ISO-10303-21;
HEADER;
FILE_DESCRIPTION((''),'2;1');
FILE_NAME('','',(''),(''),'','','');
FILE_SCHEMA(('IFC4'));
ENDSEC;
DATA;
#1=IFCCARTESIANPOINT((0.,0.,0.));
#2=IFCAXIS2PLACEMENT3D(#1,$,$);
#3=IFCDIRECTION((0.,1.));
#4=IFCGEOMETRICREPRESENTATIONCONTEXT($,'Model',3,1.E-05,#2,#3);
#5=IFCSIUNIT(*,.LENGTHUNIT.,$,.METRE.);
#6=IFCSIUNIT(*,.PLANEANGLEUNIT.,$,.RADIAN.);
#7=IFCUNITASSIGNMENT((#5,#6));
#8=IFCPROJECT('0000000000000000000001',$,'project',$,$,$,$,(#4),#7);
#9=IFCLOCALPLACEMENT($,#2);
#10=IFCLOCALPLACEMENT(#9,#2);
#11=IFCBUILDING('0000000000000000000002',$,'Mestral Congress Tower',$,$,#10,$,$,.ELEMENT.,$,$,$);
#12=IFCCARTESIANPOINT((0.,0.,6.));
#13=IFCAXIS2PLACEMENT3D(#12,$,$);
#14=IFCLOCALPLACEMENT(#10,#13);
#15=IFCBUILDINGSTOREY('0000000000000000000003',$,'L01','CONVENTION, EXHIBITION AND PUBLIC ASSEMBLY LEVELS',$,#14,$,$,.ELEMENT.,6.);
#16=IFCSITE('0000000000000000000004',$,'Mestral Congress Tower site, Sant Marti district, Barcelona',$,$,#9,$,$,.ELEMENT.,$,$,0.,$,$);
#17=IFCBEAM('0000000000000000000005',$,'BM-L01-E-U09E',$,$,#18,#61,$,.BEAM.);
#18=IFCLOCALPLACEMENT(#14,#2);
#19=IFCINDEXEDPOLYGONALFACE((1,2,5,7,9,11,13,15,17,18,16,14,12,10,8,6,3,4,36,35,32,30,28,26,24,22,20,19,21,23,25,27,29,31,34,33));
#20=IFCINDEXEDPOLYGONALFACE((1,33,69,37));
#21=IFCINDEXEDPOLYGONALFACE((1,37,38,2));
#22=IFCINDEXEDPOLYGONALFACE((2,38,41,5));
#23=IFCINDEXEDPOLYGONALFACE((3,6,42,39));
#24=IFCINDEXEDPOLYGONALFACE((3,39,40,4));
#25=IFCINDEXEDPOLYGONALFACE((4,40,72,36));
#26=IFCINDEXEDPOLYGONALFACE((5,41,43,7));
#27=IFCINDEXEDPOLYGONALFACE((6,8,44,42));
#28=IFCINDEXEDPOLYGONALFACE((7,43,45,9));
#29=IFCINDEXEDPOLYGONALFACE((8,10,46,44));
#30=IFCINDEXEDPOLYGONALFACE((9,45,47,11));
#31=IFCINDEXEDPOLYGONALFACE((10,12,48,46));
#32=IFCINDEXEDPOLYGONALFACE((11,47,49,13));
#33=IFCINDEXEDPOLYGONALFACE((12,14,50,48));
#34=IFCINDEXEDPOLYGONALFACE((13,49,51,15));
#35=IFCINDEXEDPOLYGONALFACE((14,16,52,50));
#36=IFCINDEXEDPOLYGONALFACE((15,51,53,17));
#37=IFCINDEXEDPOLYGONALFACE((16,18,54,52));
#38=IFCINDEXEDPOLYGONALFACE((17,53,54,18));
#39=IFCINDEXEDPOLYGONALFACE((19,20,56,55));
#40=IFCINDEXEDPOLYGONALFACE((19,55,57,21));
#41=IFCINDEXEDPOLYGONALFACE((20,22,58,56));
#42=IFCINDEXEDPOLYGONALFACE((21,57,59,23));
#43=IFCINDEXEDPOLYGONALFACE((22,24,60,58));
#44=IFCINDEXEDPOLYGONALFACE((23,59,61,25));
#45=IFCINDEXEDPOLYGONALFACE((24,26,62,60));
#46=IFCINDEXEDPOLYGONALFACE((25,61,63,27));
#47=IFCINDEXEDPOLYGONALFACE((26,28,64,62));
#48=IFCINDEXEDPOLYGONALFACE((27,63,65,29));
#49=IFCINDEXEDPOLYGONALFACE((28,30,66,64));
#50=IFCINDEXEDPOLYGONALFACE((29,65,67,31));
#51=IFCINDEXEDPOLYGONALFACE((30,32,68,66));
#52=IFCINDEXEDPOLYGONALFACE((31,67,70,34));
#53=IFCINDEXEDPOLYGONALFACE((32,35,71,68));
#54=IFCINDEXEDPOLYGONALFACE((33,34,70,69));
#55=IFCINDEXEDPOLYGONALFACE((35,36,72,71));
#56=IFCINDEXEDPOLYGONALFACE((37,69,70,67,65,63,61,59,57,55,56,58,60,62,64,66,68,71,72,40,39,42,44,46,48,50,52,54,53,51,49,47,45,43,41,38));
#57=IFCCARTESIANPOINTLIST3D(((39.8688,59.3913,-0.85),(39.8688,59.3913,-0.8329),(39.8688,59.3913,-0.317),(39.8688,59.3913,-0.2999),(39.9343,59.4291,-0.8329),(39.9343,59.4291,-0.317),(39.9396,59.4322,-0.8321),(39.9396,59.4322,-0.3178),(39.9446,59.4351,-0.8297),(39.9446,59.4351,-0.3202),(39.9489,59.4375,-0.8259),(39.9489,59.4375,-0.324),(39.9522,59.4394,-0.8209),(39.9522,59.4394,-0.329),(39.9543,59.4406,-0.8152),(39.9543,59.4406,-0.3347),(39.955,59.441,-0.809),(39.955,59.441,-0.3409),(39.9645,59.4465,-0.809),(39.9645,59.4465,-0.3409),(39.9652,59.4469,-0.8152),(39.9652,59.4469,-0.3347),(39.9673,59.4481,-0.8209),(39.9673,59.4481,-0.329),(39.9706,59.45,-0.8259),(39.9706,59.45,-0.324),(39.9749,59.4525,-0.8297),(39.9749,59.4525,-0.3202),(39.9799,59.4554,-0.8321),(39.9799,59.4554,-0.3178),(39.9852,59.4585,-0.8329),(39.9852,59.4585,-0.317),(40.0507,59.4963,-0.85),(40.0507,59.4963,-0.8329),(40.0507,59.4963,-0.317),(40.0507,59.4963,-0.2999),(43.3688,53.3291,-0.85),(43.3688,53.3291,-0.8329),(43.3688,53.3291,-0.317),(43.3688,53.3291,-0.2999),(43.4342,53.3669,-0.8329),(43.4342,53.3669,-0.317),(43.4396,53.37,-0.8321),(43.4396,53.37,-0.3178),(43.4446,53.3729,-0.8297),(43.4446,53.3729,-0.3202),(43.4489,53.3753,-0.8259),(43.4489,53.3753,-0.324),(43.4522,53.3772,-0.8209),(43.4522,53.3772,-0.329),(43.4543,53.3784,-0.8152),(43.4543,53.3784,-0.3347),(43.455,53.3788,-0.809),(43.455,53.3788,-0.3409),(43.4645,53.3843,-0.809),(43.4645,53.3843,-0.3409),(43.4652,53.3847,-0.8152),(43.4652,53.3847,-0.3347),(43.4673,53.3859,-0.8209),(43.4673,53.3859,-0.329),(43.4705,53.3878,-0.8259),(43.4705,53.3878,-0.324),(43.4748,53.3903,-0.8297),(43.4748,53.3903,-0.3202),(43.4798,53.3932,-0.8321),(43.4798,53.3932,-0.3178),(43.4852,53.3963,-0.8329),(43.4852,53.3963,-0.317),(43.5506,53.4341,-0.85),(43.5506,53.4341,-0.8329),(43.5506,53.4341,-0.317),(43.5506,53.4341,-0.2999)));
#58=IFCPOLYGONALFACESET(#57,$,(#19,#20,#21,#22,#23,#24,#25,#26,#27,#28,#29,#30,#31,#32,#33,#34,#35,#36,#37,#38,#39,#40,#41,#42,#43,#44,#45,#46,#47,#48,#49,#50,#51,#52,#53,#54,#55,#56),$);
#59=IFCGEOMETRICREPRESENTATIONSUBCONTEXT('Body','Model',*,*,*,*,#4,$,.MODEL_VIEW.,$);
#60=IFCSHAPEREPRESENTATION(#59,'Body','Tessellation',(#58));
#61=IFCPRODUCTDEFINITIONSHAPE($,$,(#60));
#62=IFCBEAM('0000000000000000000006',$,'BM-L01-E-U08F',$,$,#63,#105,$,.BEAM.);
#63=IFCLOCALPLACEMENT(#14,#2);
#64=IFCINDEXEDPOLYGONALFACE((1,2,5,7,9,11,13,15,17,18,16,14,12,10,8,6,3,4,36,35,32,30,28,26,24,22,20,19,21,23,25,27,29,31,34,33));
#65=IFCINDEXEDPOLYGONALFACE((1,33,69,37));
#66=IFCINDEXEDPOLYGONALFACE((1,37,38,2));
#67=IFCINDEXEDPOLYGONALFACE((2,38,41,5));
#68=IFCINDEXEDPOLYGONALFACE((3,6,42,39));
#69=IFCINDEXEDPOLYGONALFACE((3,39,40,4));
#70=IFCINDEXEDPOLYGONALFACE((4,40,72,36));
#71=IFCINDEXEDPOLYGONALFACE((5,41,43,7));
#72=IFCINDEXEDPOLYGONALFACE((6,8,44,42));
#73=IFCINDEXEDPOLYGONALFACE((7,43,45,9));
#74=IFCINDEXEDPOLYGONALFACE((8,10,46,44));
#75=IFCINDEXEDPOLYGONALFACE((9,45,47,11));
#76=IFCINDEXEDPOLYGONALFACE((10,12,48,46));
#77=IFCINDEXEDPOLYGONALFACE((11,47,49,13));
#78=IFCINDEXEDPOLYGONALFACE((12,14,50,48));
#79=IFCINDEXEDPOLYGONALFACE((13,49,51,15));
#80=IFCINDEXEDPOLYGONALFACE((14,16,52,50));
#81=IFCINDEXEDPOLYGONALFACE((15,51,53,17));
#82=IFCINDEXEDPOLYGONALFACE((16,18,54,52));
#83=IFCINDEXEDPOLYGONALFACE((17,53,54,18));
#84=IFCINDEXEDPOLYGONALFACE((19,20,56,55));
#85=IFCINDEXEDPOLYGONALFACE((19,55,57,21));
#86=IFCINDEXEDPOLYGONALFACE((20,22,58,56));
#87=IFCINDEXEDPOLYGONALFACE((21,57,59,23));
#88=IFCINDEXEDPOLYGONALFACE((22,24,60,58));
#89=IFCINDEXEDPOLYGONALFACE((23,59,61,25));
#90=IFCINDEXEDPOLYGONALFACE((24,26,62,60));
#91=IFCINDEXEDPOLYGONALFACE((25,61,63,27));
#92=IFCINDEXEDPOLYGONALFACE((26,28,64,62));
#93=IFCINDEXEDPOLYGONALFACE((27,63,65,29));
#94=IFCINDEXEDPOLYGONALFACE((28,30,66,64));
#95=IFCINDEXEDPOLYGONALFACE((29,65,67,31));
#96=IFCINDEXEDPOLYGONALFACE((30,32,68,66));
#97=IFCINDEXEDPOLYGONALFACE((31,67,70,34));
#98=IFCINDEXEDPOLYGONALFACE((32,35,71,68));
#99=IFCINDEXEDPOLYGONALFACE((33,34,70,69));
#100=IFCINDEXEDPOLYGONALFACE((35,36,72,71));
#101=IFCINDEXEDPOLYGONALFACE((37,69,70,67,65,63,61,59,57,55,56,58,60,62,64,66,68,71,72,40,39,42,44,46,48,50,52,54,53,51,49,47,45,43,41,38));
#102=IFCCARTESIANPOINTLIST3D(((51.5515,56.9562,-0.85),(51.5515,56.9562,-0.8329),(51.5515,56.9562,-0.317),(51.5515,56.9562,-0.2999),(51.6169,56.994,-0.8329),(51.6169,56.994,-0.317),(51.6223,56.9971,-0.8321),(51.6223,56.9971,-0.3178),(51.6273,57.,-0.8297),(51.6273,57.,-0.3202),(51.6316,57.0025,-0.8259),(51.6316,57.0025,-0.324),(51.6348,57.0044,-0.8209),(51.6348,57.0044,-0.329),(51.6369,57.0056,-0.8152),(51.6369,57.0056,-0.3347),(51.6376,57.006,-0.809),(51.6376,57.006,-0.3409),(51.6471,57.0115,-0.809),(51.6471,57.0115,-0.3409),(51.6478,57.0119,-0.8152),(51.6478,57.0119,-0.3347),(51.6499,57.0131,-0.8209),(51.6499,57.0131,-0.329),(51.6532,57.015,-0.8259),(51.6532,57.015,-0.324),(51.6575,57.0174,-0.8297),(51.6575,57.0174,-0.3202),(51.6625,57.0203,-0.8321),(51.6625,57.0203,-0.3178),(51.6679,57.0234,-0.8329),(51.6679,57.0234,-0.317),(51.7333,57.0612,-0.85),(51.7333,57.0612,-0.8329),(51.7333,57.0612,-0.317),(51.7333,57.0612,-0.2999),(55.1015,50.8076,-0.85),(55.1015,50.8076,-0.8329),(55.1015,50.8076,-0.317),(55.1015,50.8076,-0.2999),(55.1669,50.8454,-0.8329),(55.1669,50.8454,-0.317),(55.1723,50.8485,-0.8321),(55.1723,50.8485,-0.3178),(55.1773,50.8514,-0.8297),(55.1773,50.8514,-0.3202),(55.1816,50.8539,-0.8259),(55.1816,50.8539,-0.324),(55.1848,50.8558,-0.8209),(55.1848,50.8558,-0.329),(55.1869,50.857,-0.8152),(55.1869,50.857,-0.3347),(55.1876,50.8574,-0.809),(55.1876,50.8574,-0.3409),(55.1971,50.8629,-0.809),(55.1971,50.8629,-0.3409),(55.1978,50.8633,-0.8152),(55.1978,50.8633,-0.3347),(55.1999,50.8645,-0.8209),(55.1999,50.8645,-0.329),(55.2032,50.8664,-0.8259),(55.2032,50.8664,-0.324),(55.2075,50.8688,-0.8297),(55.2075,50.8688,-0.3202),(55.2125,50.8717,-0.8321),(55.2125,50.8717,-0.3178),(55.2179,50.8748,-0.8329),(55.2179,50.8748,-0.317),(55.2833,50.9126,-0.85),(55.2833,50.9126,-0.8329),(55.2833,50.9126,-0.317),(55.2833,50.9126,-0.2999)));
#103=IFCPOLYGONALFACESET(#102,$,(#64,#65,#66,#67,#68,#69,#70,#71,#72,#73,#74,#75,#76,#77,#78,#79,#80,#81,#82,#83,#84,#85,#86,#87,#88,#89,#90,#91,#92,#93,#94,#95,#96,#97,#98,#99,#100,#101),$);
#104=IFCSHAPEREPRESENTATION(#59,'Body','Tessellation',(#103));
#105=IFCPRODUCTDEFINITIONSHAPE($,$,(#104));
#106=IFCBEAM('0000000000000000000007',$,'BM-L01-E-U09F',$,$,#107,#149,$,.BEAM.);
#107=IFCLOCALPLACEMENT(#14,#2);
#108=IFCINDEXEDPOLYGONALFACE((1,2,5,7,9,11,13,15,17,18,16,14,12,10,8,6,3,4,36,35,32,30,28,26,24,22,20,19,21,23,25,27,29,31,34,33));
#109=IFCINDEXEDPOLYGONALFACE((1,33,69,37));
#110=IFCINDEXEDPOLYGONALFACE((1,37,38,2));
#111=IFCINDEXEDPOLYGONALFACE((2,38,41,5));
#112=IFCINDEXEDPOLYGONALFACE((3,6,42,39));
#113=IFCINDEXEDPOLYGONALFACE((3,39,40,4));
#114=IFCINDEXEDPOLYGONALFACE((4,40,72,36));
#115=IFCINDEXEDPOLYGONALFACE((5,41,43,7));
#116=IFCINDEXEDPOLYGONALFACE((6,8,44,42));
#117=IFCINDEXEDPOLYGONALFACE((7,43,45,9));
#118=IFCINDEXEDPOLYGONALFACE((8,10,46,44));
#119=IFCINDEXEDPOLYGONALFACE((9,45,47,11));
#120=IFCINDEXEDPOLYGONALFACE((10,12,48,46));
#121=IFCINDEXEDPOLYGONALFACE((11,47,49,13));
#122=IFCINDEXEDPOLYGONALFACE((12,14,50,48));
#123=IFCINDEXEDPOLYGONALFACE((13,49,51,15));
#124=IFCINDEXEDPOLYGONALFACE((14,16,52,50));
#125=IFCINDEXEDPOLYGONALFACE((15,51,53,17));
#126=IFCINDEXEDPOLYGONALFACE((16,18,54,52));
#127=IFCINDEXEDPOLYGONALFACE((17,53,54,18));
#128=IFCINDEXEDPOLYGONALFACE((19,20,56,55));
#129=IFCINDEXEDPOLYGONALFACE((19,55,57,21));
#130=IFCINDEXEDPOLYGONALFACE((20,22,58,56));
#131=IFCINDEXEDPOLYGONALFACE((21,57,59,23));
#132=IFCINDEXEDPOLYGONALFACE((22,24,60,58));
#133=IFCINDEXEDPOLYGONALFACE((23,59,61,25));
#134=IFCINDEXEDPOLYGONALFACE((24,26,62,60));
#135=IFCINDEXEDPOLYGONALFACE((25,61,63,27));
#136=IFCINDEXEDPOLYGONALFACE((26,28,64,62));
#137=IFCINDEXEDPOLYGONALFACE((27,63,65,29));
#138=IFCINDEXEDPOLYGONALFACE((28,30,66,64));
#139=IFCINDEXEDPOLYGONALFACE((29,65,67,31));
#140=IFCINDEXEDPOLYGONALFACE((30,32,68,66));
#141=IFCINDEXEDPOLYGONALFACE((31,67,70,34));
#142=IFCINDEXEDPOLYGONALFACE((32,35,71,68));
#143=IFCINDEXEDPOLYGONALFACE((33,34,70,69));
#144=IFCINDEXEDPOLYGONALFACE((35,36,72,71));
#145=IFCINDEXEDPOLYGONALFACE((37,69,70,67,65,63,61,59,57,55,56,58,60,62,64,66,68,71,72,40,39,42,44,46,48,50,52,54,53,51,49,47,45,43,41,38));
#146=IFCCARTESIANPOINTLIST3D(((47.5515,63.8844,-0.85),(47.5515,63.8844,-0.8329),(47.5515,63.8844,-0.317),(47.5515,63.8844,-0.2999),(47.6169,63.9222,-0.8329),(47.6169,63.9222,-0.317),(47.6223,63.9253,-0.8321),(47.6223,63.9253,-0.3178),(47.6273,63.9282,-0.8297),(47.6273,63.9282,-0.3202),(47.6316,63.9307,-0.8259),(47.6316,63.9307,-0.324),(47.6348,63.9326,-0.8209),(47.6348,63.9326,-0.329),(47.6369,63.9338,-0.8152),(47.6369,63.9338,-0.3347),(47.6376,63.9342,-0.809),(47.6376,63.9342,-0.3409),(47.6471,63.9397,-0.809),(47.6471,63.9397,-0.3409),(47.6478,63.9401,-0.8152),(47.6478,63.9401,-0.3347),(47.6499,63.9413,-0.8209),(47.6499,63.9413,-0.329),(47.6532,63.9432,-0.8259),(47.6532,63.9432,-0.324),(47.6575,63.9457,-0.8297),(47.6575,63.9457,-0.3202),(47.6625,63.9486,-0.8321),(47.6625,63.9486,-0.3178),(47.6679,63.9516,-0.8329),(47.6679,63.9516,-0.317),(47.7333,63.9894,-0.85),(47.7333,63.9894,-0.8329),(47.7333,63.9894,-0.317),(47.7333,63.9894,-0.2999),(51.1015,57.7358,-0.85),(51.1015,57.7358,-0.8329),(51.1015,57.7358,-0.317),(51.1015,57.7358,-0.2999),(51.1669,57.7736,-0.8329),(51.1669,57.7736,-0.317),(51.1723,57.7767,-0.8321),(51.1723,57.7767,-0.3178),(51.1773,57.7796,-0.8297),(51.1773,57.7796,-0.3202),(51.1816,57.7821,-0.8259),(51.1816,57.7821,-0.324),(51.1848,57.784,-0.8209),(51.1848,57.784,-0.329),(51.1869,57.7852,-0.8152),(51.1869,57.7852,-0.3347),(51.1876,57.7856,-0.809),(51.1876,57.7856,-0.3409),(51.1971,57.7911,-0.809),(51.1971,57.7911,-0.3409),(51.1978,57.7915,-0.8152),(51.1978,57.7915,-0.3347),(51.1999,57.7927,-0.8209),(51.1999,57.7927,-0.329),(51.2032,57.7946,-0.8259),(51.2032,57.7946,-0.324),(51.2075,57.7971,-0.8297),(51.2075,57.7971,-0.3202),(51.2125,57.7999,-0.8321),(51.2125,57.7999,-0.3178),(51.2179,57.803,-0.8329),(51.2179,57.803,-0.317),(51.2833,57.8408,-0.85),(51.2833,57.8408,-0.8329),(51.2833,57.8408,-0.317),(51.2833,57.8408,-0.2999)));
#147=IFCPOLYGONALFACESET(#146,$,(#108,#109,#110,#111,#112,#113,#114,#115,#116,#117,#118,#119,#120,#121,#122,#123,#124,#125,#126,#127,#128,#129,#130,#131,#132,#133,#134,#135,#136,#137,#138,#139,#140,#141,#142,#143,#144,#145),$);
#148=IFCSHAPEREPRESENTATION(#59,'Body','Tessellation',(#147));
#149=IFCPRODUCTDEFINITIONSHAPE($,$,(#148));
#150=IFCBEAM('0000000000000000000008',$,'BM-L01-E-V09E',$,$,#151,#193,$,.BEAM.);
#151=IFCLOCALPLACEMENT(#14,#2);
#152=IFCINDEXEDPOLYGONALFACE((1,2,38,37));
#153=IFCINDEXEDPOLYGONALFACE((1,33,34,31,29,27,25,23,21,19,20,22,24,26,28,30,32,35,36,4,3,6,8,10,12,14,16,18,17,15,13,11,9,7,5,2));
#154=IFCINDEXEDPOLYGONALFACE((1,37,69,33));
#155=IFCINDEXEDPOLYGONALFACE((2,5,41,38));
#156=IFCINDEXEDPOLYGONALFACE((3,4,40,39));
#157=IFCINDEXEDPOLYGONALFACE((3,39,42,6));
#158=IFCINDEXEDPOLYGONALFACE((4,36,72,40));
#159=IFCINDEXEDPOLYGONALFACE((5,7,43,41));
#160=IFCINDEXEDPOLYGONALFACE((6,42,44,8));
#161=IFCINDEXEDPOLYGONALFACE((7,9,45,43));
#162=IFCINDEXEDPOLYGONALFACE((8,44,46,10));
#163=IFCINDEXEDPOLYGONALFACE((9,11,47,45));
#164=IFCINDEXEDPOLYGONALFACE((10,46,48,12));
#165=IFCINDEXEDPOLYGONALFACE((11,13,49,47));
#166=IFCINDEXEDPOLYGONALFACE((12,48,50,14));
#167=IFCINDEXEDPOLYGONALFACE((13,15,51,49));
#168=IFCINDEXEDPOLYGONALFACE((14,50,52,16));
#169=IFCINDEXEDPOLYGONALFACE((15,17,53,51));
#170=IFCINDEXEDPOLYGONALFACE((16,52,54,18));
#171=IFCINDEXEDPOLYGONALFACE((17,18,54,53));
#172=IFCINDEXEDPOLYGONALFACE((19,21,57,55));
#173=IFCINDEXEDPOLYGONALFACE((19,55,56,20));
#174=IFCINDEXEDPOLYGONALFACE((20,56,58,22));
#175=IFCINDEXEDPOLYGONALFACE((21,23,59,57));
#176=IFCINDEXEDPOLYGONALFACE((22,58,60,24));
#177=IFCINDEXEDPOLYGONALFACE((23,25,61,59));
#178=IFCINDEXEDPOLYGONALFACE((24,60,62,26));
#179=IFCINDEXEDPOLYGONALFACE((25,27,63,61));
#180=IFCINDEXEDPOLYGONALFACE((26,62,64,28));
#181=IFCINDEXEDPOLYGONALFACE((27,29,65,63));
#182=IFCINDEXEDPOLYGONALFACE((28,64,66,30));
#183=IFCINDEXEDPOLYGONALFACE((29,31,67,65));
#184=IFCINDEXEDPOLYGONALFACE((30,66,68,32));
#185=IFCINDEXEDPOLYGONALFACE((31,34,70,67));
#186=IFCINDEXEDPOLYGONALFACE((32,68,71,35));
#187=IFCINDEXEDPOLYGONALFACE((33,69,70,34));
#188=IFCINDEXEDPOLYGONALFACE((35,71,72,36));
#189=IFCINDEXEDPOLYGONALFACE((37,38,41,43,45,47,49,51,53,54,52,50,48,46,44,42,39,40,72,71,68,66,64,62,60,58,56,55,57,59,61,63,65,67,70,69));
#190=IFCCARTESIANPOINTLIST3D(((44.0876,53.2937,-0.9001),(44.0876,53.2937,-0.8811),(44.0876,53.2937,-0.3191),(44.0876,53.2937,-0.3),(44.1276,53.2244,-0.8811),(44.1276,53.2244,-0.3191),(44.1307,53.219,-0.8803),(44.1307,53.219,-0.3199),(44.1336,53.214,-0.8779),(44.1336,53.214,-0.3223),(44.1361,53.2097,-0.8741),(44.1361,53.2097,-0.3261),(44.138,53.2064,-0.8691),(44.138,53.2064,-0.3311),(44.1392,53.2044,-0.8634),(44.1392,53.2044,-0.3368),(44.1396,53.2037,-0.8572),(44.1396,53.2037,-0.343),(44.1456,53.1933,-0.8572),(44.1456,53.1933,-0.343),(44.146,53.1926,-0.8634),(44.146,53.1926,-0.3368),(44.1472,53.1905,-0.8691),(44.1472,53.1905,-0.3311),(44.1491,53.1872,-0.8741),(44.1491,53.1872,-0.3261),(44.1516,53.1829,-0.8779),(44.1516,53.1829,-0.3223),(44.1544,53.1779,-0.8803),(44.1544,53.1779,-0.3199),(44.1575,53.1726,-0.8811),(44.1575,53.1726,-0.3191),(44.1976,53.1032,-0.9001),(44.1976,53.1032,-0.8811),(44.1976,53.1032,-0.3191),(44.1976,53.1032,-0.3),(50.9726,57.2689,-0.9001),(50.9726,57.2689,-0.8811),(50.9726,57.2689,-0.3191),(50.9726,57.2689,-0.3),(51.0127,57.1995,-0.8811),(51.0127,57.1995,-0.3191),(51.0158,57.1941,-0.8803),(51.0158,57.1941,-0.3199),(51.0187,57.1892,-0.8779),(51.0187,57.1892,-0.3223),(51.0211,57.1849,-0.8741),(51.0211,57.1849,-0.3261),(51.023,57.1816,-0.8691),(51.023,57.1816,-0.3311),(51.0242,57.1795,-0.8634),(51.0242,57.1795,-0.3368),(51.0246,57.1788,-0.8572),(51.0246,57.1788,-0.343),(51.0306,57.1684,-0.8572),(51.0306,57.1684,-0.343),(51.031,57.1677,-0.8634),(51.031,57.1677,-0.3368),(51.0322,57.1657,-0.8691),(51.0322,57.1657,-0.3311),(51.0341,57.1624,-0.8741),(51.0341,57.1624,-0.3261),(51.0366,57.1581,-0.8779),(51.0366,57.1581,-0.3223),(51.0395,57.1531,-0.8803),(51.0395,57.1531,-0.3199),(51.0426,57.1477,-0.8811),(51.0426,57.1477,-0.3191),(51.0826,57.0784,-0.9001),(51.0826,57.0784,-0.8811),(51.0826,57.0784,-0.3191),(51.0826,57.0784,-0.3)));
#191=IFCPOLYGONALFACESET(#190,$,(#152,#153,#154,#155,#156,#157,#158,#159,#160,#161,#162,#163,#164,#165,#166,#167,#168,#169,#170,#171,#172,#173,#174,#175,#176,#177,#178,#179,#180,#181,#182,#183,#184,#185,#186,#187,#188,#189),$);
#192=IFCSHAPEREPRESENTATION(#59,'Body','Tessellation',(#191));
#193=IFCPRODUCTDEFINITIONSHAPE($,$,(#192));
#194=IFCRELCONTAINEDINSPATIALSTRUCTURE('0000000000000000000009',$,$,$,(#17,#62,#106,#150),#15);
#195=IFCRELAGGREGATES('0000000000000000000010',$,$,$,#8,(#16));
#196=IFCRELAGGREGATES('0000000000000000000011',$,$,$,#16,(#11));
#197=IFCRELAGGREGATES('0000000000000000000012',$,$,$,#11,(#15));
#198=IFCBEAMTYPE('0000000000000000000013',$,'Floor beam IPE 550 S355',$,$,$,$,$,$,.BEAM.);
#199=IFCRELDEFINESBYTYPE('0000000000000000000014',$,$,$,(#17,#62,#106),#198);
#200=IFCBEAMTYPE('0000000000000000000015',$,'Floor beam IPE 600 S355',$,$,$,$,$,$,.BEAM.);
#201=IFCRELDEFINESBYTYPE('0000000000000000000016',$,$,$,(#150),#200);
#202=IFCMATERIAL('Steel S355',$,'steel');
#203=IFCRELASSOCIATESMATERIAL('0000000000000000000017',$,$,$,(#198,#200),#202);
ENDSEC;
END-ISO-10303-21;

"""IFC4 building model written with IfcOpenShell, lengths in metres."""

from ifc_helpers import new_model, si_unit, direction, frame, origin, origin_2d, place, context, subcontext, project, spatial, i_section, extrude, material, material_profile, profile_set, type_object, element, save


model = new_model("IFC4")

# Units and contexts
model_context = context("Model", 3, precision=1e-05, world=origin(), true_north=direction((0.0, 1.0)))
body_context = subcontext(model_context, "Body", "Model", "MODEL_VIEW")
ifc_project = project(units=[si_unit("LENGTHUNIT", "METRE"), si_unit("PLANEANGLEUNIT", "RADIAN")], contexts=[model_context])

# Site, building, storey
site_placement = place(None, origin())
site = spatial("IfcSite", under=ifc_project, at=site_placement, Name="Mestral Congress Tower site, Sant Marti district, Barcelona", CompositionType="ELEMENT", RefElevation=0.0)
building_placement = place(site_placement, origin())
building = spatial("IfcBuilding", under=site, at=building_placement, Name="Mestral Congress Tower", CompositionType="ELEMENT")
storey_placement = place(building_placement, frame((0.0, 0.0, 6.0)))
storey = spatial("IfcBuildingStorey", under=building, at=storey_placement, Name="L01", Description="CONVENTION, EXHIBITION AND PUBLIC ASSEMBLY LEVELS", CompositionType="ELEMENT", Elevation=6.0)

# Beams
ifc_material_1 = material(Name="Steel S355", Category="steel")
ifc_material_profile_1 = material_profile(ifc_material_1, i_section(OverallWidth=0.21, OverallDepth=0.55, WebThickness=0.011, FlangeThickness=0.0171, FilletRadius=0.0239, at=origin_2d()), Name="IPE 550")
ifc_profile_set_1 = profile_set([ifc_material_profile_1], Name="Steel S355")
beam_type_1 = type_object("IfcBeamType", Name="Floor beam IPE 550 S355", PredefinedType="BEAM", material=ifc_profile_set_1)
beam_1_placement = place(storey_placement, frame((43.4597, 53.3816, -0.575), z_axis=(-0.499995, 0.866028, 0.0), x_axis=(-0.866028, -0.499995, 0.0)))
element("IfcBeam", 1, at=beam_1_placement, inside=storey, type_object=beam_type_1, Name="BM-L01-E-U09E", PredefinedType="BEAM", context=body_context, shape_type="SweptSolid", body=[
    extrude(i_section(OverallWidth=0.21, OverallDepth=0.55, WebThickness=0.011, FlangeThickness=0.0171, FilletRadius=0.0239, at=origin_2d()), origin(), (0.0, 0.0, 1.0), 7.0),
])
for number, where, z_axis, x_axis, name in (
    (2, (55.1924, 50.8601, -0.575), (-0.500011, 0.866019, 0.0), (-0.866019, -0.500011, 0.0), "BM-L01-E-U08F"),
    (3, (51.1924, 57.7883, -0.575), (-0.500011, 0.866019, 0.0), (-0.866019, -0.500011, 0.0), "BM-L01-E-U09F"),
):
    element("IfcBeam", number, at=place(storey_placement, frame(where, z_axis=z_axis, x_axis=x_axis)), inside=storey, type_object=beam_type_1, Name=name, PredefinedType="BEAM", context=body_context, shape_type="SweptSolid", body=[
        extrude(i_section(OverallWidth=0.21, OverallDepth=0.55, WebThickness=0.011, FlangeThickness=0.0171, FilletRadius=0.0239, at=origin_2d()), origin(), (0.0, 0.0, 1.0), 7.0999),
    ])
ifc_material_profile_2 = material_profile(ifc_material_1, i_section(OverallWidth=0.22, OverallDepth=0.6001, WebThickness=0.012, FlangeThickness=0.019, FilletRadius=0.0239, at=origin_2d()), Name="IPE 600")
ifc_profile_set_2 = profile_set([ifc_material_profile_2], Name="Steel S355")
beam_type_2 = type_object("IfcBeamType", Name="Floor beam IPE 600 S355", PredefinedType="BEAM", material=ifc_profile_set_2)
for number, where, z_axis, x_axis, name in (
    (4, (44.1426, 53.1985, -0.6001), (0.866023, 0.500003, 0.0), (-0.500003, 0.866023, 0.0), "BM-L01-E-V09E"),
):
    element("IfcBeam", number, at=place(storey_placement, frame(where, z_axis=z_axis, x_axis=x_axis)), inside=storey, type_object=beam_type_2, Name=name, PredefinedType="BEAM", context=body_context, shape_type="SweptSolid", body=[
        extrude(i_section(OverallWidth=0.22, OverallDepth=0.6001, WebThickness=0.012, FlangeThickness=0.019, FilletRadius=0.0239, at=origin_2d()), origin(), (0.0, 0.0, 1.0), 7.9502),
    ])

save(model, "model.ifc")
